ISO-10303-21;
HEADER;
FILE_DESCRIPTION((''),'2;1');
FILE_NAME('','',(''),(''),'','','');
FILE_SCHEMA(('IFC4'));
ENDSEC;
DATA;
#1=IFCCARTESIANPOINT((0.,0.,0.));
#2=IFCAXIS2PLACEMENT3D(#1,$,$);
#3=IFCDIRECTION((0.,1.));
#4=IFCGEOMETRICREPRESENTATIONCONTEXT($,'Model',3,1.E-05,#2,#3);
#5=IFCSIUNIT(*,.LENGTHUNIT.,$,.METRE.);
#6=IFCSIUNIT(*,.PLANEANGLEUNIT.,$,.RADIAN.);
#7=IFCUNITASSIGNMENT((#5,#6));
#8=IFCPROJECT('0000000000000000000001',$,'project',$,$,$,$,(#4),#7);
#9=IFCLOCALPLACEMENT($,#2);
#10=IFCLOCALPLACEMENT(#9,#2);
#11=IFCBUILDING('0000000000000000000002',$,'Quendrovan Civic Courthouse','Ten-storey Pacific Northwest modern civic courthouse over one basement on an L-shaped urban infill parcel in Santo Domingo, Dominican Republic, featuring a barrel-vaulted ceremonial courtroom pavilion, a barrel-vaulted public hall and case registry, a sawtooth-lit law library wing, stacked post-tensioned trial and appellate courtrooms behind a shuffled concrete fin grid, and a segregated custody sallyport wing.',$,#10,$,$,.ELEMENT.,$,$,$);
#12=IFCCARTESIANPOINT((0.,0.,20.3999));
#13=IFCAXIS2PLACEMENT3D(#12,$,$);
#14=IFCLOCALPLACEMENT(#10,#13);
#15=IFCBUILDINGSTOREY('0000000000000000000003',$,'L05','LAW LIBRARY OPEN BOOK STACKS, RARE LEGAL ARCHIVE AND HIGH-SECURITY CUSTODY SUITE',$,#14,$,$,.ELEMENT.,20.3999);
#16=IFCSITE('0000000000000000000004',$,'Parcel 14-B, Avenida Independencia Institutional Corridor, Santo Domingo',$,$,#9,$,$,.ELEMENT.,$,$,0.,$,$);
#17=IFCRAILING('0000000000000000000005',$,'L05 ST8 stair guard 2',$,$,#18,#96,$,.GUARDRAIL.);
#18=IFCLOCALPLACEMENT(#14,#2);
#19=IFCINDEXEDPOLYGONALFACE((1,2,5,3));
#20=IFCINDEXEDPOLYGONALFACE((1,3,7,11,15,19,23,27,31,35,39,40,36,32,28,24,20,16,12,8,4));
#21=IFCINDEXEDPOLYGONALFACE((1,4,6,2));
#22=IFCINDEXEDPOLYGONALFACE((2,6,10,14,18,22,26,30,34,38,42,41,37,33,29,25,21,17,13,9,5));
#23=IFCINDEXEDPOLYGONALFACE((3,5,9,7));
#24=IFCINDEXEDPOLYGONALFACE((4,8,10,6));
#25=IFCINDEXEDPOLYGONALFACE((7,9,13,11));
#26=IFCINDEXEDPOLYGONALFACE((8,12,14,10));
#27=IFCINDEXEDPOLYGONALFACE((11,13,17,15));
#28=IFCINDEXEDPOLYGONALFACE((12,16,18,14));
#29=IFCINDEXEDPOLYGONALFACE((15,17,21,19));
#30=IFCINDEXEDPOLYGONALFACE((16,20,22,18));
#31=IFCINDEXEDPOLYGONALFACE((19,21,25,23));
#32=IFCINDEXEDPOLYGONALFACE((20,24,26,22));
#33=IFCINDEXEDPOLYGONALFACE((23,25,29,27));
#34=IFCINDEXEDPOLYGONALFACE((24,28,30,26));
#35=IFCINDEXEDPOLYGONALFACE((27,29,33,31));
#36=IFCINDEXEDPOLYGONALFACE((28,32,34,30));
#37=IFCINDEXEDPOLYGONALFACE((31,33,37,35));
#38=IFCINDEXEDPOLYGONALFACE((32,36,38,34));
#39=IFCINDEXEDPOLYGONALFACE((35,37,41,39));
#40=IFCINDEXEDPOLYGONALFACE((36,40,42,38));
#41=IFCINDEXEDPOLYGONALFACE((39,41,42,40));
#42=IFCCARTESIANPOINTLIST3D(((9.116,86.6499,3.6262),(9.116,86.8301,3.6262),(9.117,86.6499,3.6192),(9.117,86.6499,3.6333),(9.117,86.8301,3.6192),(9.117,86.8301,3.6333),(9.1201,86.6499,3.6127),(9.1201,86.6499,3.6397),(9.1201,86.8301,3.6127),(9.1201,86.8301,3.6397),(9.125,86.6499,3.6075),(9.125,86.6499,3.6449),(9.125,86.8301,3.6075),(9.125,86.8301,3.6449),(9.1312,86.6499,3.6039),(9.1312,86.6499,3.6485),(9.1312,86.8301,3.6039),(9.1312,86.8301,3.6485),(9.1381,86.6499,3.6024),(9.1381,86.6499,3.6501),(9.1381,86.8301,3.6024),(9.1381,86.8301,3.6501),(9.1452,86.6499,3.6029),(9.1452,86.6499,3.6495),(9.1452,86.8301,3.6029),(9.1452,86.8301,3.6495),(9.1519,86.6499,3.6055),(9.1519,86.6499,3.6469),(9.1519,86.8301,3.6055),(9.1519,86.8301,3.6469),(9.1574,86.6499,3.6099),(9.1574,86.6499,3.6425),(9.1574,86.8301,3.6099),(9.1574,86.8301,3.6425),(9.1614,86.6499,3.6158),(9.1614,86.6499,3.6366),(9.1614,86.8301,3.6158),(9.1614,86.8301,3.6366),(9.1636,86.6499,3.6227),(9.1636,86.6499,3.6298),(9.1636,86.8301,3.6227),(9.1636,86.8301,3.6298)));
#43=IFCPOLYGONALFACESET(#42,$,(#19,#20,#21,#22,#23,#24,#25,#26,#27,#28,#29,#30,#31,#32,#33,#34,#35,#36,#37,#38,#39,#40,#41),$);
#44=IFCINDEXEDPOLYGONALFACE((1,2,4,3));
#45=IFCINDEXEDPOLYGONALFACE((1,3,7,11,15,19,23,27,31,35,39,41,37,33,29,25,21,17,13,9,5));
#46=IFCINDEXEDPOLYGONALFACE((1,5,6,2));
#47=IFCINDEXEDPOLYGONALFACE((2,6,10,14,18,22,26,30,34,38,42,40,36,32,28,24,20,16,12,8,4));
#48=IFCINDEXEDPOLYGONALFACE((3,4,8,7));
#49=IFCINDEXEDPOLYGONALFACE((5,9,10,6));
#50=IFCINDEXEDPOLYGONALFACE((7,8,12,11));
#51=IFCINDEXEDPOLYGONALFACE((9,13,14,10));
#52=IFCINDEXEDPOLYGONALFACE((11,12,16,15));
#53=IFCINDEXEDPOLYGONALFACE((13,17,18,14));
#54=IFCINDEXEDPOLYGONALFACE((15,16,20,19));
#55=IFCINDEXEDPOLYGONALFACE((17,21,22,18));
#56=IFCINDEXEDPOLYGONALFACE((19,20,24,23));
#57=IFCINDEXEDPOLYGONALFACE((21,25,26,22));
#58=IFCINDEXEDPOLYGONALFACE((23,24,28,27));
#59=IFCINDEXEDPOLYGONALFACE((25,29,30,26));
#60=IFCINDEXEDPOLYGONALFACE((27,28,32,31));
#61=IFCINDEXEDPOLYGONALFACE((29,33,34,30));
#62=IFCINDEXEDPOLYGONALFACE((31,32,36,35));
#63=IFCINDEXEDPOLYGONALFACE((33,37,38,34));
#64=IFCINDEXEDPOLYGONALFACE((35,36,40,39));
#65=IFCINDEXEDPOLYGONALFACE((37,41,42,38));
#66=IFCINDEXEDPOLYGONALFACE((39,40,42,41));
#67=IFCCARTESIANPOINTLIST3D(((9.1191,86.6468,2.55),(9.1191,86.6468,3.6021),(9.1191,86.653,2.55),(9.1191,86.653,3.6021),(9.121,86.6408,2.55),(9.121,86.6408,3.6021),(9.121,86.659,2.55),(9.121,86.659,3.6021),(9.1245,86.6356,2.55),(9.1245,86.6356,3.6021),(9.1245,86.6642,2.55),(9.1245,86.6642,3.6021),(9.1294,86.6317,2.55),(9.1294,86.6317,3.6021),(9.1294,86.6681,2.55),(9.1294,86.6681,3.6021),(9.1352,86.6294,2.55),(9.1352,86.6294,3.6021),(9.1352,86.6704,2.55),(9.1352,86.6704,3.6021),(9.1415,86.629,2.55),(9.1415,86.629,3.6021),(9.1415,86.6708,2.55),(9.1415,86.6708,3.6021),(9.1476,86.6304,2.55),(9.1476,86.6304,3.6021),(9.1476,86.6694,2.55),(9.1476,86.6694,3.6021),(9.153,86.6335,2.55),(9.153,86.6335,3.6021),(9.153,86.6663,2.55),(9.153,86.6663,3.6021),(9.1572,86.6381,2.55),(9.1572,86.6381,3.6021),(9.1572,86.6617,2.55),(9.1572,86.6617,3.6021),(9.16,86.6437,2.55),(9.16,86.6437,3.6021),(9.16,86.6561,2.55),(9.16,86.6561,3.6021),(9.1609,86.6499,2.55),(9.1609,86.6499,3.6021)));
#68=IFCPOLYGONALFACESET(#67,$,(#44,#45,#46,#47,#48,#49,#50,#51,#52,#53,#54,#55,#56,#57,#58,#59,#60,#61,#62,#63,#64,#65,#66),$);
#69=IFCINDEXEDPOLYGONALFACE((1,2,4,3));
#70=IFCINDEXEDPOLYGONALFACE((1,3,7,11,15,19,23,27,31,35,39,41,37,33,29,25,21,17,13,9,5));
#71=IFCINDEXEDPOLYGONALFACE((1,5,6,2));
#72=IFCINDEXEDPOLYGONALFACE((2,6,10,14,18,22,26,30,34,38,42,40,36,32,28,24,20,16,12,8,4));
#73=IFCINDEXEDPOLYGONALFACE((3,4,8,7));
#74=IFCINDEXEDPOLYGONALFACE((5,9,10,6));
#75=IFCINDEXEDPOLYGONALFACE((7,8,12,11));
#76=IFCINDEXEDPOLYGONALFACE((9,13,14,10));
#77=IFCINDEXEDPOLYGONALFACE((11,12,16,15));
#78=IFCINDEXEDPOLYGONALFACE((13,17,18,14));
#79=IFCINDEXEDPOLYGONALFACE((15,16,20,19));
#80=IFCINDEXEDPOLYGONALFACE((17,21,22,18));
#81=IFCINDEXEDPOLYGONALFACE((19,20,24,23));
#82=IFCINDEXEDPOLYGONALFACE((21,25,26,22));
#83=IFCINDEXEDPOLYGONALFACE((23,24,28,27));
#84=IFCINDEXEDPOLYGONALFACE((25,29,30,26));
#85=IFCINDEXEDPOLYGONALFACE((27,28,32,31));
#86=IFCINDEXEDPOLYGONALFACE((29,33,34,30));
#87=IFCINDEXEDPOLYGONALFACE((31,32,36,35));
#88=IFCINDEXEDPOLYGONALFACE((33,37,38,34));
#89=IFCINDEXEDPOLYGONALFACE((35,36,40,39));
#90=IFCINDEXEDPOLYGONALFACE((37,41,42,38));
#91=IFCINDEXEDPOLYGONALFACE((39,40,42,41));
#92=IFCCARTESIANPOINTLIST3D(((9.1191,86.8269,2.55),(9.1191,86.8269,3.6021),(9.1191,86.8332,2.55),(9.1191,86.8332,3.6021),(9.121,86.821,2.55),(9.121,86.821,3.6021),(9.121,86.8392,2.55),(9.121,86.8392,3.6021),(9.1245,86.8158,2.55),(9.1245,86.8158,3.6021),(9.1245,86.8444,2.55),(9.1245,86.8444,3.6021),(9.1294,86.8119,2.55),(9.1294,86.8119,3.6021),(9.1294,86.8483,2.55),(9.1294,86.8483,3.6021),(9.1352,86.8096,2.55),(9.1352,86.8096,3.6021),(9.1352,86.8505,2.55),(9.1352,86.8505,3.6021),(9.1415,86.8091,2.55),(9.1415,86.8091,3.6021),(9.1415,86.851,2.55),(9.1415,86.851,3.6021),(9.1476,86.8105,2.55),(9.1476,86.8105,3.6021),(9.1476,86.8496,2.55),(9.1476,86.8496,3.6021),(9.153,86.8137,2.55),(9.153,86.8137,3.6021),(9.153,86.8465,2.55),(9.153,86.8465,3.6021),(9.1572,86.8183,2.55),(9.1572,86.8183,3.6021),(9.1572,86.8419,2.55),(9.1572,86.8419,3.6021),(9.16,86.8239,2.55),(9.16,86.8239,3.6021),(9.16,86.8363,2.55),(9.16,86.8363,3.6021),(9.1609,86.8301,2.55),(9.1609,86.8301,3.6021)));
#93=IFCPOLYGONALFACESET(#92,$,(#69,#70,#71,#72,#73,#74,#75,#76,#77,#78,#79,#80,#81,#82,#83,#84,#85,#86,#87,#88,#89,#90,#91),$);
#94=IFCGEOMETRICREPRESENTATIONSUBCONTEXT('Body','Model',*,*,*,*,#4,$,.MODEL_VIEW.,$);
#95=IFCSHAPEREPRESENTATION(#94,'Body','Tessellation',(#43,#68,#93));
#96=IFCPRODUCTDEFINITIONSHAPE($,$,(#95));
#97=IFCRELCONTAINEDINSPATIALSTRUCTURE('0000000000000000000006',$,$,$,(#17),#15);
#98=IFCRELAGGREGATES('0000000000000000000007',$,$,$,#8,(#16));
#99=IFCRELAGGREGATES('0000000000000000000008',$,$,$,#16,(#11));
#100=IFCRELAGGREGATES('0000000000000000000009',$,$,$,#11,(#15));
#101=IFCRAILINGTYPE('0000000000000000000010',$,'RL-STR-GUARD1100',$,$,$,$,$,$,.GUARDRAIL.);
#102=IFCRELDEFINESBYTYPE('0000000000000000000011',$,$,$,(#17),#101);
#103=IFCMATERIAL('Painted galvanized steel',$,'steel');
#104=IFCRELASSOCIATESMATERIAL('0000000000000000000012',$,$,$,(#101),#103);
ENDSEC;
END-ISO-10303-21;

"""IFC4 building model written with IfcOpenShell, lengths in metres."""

from ifc_helpers import new_model, si_unit, direction, frame, origin, origin_2d, place, context, subcontext, project, spatial, circle, extrude, material, type_object, element, save


model = new_model("IFC4")

# Units and contexts
model_context = context("Model", 3, precision=1e-05, world=origin(), true_north=direction((0.0, 1.0)))
body_context = subcontext(model_context, "Body", "Model", "MODEL_VIEW")
ifc_project = project(units=[si_unit("LENGTHUNIT", "METRE"), si_unit("PLANEANGLEUNIT", "RADIAN")], contexts=[model_context])

# Site, building, storey
site_placement = place(None, origin())
site = spatial("IfcSite", under=ifc_project, at=site_placement, Name="Parcel 14-B, Avenida Independencia Institutional Corridor, Santo Domingo", CompositionType="ELEMENT", RefElevation=0.0)
building_placement = place(site_placement, origin())
building = spatial("IfcBuilding", under=site, at=building_placement, Name="Quendrovan Civic Courthouse", Description="Ten-storey Pacific Northwest modern civic courthouse over one basement on an L-shaped urban infill parcel in Santo Domingo, Dominican Republic, featuring a barrel-vaulted ceremonial courtroom pavilion, a barrel-vaulted public hall and case registry, a sawtooth-lit law library wing, stacked post-tensioned trial and appellate courtrooms behind a shuffled concrete fin grid, and a segregated custody sallyport wing.", CompositionType="ELEMENT")
storey_placement = place(building_placement, frame((0.0, 0.0, 20.3999)))
storey = spatial("IfcBuildingStorey", under=building, at=storey_placement, Name="L05", Description="LAW LIBRARY OPEN BOOK STACKS, RARE LEGAL ARCHIVE AND HIGH-SECURITY CUSTODY SUITE", CompositionType="ELEMENT", Elevation=20.3999)

# Railing
ifc_material_1 = material(Name="Painted galvanized steel", Category="steel")
railing_type_1 = type_object("IfcRailingType", Name="RL-STR-GUARD1100", PredefinedType="GUARDRAIL", material=ifc_material_1)
railing_1_placement = place(storey_placement, frame((9.1399, 86.6499, 2.55)))
element("IfcRailing", 1, at=railing_1_placement, inside=storey, type_object=railing_type_1, Name="L05 ST8 stair guard 2", PredefinedType="GUARDRAIL", context=body_context, shape_type="SweptSolid", body=[
    extrude(circle(Radius=0.0239, at=origin_2d()), frame((0.0, 0.0, 1.0762), z_axis=(0.0, 1.0, 0.0), x_axis=(-1.0, 0.0, 0.0)), (0.0, 0.0, 1.0), 0.1802),
    extrude(circle(Radius=0.021, at=origin_2d()), origin(), (0.0, 0.0, 1.0), 1.052),
    extrude(circle(Radius=0.021, at=origin_2d()), frame((0.0, 0.1802, 0.0)), (0.0, 0.0, 1.0), 1.052),
])

save(model, "model.ifc")
